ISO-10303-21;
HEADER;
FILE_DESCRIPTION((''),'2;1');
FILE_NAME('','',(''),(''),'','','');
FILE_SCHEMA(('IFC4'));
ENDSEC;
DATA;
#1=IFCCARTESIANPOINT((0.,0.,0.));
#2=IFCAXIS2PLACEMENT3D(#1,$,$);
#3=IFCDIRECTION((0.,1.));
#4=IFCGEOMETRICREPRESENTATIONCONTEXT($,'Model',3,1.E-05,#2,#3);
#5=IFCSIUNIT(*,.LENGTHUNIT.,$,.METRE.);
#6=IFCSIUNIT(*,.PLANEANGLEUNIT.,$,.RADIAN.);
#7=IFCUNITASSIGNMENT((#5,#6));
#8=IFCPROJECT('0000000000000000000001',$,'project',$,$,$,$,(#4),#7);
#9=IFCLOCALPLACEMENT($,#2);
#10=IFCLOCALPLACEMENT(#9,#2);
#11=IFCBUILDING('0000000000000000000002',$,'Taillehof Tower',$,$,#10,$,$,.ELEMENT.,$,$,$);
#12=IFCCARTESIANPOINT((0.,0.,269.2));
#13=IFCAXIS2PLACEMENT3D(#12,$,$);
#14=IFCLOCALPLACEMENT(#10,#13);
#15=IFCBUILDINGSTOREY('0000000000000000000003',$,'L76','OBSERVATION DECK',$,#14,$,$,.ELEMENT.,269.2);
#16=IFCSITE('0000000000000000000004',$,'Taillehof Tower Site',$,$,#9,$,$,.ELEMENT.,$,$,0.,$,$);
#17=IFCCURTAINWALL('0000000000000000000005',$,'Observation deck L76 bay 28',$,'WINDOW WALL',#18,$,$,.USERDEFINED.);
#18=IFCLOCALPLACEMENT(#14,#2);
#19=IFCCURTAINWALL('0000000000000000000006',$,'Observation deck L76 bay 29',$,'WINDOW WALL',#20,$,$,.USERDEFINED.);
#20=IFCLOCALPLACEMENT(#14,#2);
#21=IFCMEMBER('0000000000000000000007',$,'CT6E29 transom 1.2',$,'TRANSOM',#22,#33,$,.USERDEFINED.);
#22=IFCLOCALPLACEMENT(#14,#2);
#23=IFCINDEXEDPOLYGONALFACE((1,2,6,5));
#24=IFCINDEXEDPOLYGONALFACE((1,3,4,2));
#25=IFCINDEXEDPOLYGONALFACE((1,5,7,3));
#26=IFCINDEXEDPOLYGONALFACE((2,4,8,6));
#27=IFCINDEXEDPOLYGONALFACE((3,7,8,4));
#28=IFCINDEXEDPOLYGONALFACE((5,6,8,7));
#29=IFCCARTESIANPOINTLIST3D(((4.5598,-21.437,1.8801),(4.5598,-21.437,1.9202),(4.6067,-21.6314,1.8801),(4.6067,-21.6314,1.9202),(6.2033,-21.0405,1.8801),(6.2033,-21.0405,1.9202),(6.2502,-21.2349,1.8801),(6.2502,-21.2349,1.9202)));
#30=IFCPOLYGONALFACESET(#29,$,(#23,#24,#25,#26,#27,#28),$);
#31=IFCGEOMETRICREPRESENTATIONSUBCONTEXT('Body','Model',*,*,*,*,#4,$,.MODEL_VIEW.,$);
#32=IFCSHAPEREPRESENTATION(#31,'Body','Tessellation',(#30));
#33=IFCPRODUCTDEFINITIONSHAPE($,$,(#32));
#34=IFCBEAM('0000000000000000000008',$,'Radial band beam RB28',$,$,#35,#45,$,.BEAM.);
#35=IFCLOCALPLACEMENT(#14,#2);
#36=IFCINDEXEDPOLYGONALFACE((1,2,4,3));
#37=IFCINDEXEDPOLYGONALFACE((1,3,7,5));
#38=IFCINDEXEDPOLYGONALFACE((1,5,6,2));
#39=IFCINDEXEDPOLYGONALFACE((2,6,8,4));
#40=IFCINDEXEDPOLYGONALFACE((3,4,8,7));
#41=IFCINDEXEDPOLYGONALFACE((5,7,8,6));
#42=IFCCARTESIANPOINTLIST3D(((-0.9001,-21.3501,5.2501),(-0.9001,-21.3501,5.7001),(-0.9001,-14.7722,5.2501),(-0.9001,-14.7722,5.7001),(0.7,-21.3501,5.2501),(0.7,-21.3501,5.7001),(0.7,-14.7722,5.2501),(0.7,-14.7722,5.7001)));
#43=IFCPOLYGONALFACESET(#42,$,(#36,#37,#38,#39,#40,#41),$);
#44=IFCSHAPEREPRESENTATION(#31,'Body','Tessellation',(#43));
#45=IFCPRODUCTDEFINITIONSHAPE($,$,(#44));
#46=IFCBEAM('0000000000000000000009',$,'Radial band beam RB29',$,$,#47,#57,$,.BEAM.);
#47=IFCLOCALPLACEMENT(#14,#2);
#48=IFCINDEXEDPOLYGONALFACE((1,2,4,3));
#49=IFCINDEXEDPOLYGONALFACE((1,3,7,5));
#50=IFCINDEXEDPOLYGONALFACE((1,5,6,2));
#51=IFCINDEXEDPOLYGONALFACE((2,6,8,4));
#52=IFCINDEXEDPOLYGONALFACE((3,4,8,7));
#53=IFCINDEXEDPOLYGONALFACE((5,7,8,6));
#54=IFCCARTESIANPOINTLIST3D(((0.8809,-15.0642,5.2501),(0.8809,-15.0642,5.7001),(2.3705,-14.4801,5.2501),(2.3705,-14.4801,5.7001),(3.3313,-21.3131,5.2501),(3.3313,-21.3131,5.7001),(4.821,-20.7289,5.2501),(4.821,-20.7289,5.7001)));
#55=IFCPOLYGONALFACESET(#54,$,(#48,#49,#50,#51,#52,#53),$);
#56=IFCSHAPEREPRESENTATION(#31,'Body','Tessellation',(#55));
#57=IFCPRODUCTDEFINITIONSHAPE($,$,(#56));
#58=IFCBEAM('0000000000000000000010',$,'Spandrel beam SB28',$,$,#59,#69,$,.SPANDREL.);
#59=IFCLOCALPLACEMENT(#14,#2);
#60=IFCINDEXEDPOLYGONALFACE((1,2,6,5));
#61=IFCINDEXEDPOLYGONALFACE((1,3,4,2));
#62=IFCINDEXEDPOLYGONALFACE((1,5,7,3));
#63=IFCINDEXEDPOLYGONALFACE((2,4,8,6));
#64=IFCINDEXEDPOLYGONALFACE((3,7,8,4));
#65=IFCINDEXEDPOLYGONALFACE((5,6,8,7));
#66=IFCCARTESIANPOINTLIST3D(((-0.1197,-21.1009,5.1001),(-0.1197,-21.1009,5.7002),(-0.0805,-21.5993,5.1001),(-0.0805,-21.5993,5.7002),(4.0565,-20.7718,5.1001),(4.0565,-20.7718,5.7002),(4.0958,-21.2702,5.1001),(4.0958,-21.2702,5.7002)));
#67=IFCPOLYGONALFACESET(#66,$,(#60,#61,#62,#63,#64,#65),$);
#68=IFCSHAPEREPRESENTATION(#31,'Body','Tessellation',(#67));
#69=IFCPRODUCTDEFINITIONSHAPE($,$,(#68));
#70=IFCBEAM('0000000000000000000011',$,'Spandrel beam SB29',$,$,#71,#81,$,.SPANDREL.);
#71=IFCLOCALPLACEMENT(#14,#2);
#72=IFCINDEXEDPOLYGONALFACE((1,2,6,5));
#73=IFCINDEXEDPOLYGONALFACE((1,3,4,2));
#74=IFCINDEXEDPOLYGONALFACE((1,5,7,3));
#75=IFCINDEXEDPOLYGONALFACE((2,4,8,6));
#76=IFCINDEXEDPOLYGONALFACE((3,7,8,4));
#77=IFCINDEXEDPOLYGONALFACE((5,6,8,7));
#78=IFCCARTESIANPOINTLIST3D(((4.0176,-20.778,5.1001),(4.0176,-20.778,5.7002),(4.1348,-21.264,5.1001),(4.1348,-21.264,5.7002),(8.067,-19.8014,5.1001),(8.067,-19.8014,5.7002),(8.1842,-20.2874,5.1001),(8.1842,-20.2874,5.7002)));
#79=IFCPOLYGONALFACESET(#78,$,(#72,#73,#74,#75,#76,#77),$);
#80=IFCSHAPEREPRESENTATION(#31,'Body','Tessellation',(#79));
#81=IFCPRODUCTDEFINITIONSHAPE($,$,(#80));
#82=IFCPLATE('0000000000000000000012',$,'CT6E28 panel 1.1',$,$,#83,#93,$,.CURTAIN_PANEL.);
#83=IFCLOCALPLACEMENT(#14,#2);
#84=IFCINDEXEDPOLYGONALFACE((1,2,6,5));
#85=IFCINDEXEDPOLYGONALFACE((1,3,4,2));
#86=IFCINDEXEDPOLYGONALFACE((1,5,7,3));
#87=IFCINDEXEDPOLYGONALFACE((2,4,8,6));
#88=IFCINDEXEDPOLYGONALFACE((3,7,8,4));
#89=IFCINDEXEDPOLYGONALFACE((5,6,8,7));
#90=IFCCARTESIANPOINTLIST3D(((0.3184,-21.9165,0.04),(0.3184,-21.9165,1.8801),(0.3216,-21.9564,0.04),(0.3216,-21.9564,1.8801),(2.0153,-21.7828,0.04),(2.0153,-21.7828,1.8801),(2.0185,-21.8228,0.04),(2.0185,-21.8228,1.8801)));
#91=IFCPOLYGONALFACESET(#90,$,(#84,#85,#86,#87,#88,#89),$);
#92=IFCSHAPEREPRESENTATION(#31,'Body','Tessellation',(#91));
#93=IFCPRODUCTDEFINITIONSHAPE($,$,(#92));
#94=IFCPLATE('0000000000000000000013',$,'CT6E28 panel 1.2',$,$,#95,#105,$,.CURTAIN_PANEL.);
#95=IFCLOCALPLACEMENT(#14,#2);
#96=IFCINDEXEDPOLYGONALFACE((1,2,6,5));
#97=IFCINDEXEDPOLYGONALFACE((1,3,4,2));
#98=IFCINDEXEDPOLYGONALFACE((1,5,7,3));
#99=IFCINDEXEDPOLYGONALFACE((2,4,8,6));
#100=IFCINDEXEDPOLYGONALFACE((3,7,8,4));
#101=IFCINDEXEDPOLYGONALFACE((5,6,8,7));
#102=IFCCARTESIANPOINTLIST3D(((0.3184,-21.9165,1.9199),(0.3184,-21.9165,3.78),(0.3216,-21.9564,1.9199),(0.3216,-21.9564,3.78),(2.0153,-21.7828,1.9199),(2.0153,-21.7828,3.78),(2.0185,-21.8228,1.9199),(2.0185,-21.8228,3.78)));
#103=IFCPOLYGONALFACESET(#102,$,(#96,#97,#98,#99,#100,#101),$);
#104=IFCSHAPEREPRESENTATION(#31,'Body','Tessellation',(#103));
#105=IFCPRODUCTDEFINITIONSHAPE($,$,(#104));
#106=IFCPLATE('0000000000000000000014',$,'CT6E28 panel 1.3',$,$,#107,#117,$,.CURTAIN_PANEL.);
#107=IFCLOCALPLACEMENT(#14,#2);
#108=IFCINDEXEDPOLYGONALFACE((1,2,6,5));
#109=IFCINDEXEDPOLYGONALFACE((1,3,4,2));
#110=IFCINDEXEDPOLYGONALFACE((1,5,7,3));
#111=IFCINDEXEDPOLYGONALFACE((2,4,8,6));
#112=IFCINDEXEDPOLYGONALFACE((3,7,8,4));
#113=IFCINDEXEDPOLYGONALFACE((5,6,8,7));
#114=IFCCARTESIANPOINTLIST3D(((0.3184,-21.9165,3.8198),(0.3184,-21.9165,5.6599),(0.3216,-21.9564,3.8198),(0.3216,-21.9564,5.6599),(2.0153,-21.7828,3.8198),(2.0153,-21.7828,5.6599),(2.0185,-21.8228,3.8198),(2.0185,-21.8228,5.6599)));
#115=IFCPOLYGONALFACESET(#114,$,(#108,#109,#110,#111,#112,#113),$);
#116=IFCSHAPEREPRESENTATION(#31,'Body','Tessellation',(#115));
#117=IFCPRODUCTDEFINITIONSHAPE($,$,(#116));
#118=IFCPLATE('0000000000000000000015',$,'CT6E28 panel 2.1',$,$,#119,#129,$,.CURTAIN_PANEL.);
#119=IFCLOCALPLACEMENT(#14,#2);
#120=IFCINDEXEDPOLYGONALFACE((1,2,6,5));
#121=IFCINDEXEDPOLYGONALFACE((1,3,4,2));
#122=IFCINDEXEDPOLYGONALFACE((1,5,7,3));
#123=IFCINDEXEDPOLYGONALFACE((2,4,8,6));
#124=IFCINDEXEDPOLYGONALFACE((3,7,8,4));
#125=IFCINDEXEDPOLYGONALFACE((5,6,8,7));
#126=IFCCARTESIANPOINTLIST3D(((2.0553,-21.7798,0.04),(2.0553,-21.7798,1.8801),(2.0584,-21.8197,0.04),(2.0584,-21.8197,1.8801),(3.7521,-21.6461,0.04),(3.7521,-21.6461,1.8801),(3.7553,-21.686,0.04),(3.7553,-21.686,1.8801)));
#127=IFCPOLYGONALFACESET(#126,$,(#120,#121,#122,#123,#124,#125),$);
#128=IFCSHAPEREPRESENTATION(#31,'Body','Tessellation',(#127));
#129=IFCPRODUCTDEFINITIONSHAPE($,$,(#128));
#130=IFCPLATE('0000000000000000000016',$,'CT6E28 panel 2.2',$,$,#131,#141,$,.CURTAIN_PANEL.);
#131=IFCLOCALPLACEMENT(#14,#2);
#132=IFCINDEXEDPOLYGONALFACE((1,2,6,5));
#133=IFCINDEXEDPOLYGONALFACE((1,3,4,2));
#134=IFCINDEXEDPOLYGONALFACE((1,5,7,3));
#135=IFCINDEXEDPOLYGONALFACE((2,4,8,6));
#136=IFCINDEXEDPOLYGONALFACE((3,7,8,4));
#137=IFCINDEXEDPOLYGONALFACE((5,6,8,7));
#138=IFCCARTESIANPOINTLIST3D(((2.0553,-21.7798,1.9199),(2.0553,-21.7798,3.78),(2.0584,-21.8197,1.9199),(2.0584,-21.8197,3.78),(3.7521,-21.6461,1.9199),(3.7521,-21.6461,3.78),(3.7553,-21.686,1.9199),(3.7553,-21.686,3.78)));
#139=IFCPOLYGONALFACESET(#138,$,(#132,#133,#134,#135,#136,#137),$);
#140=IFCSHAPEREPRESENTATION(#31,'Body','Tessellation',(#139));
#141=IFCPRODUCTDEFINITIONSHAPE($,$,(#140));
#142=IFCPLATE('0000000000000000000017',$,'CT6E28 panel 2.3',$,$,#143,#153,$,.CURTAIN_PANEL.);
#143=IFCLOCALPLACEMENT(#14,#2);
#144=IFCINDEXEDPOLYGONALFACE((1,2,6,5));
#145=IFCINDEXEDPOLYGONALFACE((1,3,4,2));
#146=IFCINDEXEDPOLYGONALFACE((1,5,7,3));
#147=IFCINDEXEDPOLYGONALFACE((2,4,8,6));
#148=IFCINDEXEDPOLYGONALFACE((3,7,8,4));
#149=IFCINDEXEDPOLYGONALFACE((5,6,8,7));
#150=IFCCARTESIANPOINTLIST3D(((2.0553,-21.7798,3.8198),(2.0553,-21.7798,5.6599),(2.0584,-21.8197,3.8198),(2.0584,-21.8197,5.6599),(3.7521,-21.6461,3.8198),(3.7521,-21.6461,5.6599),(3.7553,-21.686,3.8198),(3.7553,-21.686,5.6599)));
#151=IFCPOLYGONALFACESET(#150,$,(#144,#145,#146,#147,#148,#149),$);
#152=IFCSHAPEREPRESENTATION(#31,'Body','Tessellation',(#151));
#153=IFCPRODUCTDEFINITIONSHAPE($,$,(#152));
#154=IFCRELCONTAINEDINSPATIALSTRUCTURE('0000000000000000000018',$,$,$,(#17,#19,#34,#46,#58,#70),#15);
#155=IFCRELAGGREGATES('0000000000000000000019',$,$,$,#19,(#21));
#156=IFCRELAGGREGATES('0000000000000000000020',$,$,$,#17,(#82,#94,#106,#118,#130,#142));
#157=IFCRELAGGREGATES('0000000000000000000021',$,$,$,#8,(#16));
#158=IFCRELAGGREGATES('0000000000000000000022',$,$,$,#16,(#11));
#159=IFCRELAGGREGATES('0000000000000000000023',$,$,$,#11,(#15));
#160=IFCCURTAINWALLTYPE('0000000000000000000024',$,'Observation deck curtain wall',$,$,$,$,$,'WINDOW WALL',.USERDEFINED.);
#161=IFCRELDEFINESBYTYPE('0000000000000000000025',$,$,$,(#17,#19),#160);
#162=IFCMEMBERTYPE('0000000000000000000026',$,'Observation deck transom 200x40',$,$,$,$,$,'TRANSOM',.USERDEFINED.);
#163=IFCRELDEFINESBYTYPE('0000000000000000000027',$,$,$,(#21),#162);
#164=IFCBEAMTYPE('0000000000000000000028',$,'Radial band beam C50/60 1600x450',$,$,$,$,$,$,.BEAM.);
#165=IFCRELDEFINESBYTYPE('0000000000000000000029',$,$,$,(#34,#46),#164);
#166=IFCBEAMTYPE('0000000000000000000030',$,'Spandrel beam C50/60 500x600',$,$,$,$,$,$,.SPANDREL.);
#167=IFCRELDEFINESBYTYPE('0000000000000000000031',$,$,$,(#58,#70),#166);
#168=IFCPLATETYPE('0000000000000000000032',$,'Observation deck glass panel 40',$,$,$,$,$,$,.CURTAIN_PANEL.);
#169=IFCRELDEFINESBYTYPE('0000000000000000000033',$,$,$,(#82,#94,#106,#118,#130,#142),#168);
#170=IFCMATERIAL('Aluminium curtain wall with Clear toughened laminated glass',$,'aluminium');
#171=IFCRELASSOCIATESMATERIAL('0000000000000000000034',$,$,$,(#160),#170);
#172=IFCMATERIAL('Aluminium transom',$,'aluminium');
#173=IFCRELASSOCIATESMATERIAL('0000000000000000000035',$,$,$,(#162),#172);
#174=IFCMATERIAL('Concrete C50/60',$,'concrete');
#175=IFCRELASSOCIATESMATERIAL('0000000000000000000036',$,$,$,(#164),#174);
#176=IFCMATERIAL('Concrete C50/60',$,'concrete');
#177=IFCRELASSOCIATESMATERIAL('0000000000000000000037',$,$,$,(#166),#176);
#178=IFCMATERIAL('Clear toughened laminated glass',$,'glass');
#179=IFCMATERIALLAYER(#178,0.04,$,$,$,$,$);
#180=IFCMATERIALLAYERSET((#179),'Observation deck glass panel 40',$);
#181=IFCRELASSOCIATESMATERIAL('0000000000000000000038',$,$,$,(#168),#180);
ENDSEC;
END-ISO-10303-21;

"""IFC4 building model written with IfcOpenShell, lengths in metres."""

from ifc_helpers import new_model, si_unit, direction, frame, origin, origin_2d, place, context, subcontext, project, spatial, rectangle, extrude, material, layer, layer_set, material_profile, profile_set, type_object, element, aggregate, save


model = new_model("IFC4")

# Units and contexts
model_context = context("Model", 3, precision=1e-05, world=origin(), true_north=direction((0.0, 1.0)))
body_context = subcontext(model_context, "Body", "Model", "MODEL_VIEW")
ifc_project = project(units=[si_unit("LENGTHUNIT", "METRE"), si_unit("PLANEANGLEUNIT", "RADIAN")], contexts=[model_context])

# Site, building, storey
site_placement = place(None, origin())
site = spatial("IfcSite", under=ifc_project, at=site_placement, Name="Taillehof Tower Site", CompositionType="ELEMENT", RefElevation=0.0)
building_placement = place(site_placement, origin())
building = spatial("IfcBuilding", under=site, at=building_placement, Name="Taillehof Tower", CompositionType="ELEMENT")
storey_placement = place(building_placement, frame((0.0, 0.0, 269.2)))
storey = spatial("IfcBuildingStorey", under=building, at=storey_placement, Name="L76", Description="OBSERVATION DECK", CompositionType="ELEMENT", Elevation=269.2)

# Curtain wall
ifc_material_1 = material(Name="Aluminium curtain wall with Clear toughened laminated glass", Category="aluminium")
curtain_wall_type = type_object("IfcCurtainWallType", Name="Observation deck curtain wall", ElementType="WINDOW WALL", PredefinedType="USERDEFINED", material=ifc_material_1)
curtain_wall_1_placement = place(storey_placement, origin())
curtain_wall_1 = element("IfcCurtainWall", 1, at=curtain_wall_1_placement, inside=storey, type_object=curtain_wall_type, Name="Observation deck L76 bay 28", ObjectType="WINDOW WALL", PredefinedType="USERDEFINED")

# Curtain wall
curtain_wall_2_placement = place(storey_placement, origin())
curtain_wall_2 = element("IfcCurtainWall", 2, at=curtain_wall_2_placement, inside=storey, type_object=curtain_wall_type, Name="Observation deck L76 bay 29", ObjectType="WINDOW WALL", PredefinedType="USERDEFINED")

# Member
ifc_material_2 = material(Name="Aluminium transom", Category="aluminium")
ifc_material_profile_1 = material_profile(ifc_material_2, rectangle(XDim=0.2, YDim=0.04, at=origin_2d()), Name="AL 200x40")
ifc_profile_set_1 = profile_set([ifc_material_profile_1], Name="Aluminium transom")
member_type_1 = type_object("IfcMemberType", Name="Observation deck transom 200x40", ElementType="TRANSOM", PredefinedType="USERDEFINED", material=ifc_profile_set_1)
member_1_placement = place(storey_placement, frame((4.5833, -21.5342, 1.9001), z_axis=(0.972114, 0.234509, 0.0), x_axis=(-0.234509, 0.972114, 0.0)))
member_1 = element("IfcMember", 3, at=member_1_placement, type_object=member_type_1, Name="CT6E29 transom 1.2", ObjectType="TRANSOM", PredefinedType="USERDEFINED", context=body_context, shape_type="SweptSolid", body=[
    extrude(rectangle(XDim=0.2, YDim=0.04, at=origin_2d()), origin(), (0.0, 0.0, 1.0), 1.6907),
])
aggregate(curtain_wall_2, [member_1])

# Beams
ifc_material_3 = material(Name="Concrete C50/60", Category="concrete")
ifc_material_profile_2 = material_profile(ifc_material_3, rectangle(XDim=1.6001, YDim=0.45, at=origin_2d()), Name="RC 1600x450")
ifc_profile_set_2 = profile_set([ifc_material_profile_2], Name="Concrete C50/60")
beam_type_1 = type_object("IfcBeamType", Name="Radial band beam C50/60 1600x450", PredefinedType="BEAM", material=ifc_profile_set_2)
beam_1_placement = place(storey_placement, frame((-0.1001, -21.3501, 5.4751), z_axis=(0.0, 1.0, 0.0), x_axis=(-1.0, 0.0, 0.0)))
element("IfcBeam", 4, at=beam_1_placement, inside=storey, type_object=beam_type_1, Name="Radial band beam RB28", PredefinedType="BEAM", context=body_context, shape_type="SweptSolid", body=[
    extrude(rectangle(XDim=1.6001, YDim=0.45, at=origin_2d()), origin(), (0.0, 0.0, 1.0), 6.5779),
])
beam_2_placement = place(storey_placement, frame((4.0762, -21.021, 5.4751), z_axis=(-0.365079, 0.930976, 0.0), x_axis=(-0.930976, -0.365079, 0.0)))
element("IfcBeam", 5, at=beam_2_placement, inside=storey, type_object=beam_type_1, Name="Radial band beam RB29", PredefinedType="BEAM", context=body_context, shape_type="SweptSolid", body=[
    extrude(rectangle(XDim=1.6001, YDim=0.45, at=origin_2d()), origin(), (0.0, 0.0, 1.0), 6.7122),
])
ifc_material_4 = material(Name="Concrete C50/60", Category="concrete")
ifc_material_profile_3 = material_profile(ifc_material_4, rectangle(XDim=0.5, YDim=0.6001, at=origin_2d()), Name="RC 500x600")
ifc_profile_set_3 = profile_set([ifc_material_profile_3], Name="Concrete C50/60")
beam_type_2 = type_object("IfcBeamType", Name="Spandrel beam C50/60 500x600", PredefinedType="SPANDREL", material=ifc_profile_set_3)
beam_3_placement = place(storey_placement, frame((-0.1001, -21.3501, 5.4001), z_axis=(0.996909, 0.078559, 0.0), x_axis=(-0.078559, 0.996909, 0.0)))
element("IfcBeam", 6, at=beam_3_placement, inside=storey, type_object=beam_type_2, Name="Spandrel beam SB28", PredefinedType="SPANDREL", context=body_context, shape_type="SweptSolid", body=[
    extrude(rectangle(XDim=0.5, YDim=0.6001, at=origin_2d()), origin(), (0.0, 0.0, 1.0), 4.1892),
])
beam_4_placement = place(storey_placement, frame((4.0762, -21.021, 5.4001), z_axis=(0.972129, 0.234446, 0.0), x_axis=(-0.234446, 0.972129, 0.0)))
element("IfcBeam", 7, at=beam_4_placement, inside=storey, type_object=beam_type_2, Name="Spandrel beam SB29", PredefinedType="SPANDREL", context=body_context, shape_type="SweptSolid", body=[
    extrude(rectangle(XDim=0.5, YDim=0.6001, at=origin_2d()), origin(), (0.0, 0.0, 1.0), 4.1655),
])

# Plates
ifc_material_5 = material(Name="Clear toughened laminated glass", Category="glass")
ifc_layer = layer(ifc_material_5, 0.04)
ifc_layer_set = layer_set([ifc_layer], Name="Observation deck glass panel 40")
plate_type = type_object("IfcPlateType", Name="Observation deck glass panel 40", PredefinedType="CURTAIN_PANEL", material=ifc_layer_set)
plate_1_placement = place(storey_placement, frame((1.1685, -21.8696, 0.04), z_axis=(0.0, 0.0, 1.0), x_axis=(0.996912, 0.078525, 0.0)))
plate_1 = element("IfcPlate", 8, at=plate_1_placement, type_object=plate_type, Name="CT6E28 panel 1.1", PredefinedType="CURTAIN_PANEL", context=body_context, shape_type="SweptSolid", body=[
    extrude(rectangle(XDim=1.7021, YDim=0.04, at=origin_2d()), origin(), (0.0, 0.0, 1.0), 1.8401),
])
plate_2_placement = place(storey_placement, frame((1.1685, -21.8696, 1.9199), z_axis=(0.0, 0.0, 1.0), x_axis=(0.996912, 0.078525, 0.0)))
plate_2 = element("IfcPlate", 9, at=plate_2_placement, type_object=plate_type, Name="CT6E28 panel 1.2", PredefinedType="CURTAIN_PANEL", context=body_context, shape_type="SweptSolid", body=[
    extrude(rectangle(XDim=1.7021, YDim=0.04, at=origin_2d()), origin(), (0.0, 0.0, 1.0), 1.8601),
])
plate_3_placement = place(storey_placement, frame((1.1685, -21.8696, 3.8198), z_axis=(0.0, 0.0, 1.0), x_axis=(0.996912, 0.078525, 0.0)))
plate_3 = element("IfcPlate", 10, at=plate_3_placement, type_object=plate_type, Name="CT6E28 panel 1.3", PredefinedType="CURTAIN_PANEL", context=body_context, shape_type="SweptSolid", body=[
    extrude(rectangle(XDim=1.7021, YDim=0.04, at=origin_2d()), origin(), (0.0, 0.0, 1.0), 1.8401),
])
plate_4_placement = place(storey_placement, frame((2.9053, -21.7329, 0.04), z_axis=(0.0, 0.0, 1.0), x_axis=(0.996912, 0.078525, 0.0)))
plate_4 = element("IfcPlate", 11, at=plate_4_placement, type_object=plate_type, Name="CT6E28 panel 2.1", PredefinedType="CURTAIN_PANEL", context=body_context, shape_type="SweptSolid", body=[
    extrude(rectangle(XDim=1.7021, YDim=0.04, at=origin_2d()), origin(), (0.0, 0.0, 1.0), 1.8401),
])
plate_5_placement = place(storey_placement, frame((2.9053, -21.7329, 1.9199), z_axis=(0.0, 0.0, 1.0), x_axis=(0.996912, 0.078525, 0.0)))
plate_5 = element("IfcPlate", 12, at=plate_5_placement, type_object=plate_type, Name="CT6E28 panel 2.2", PredefinedType="CURTAIN_PANEL", context=body_context, shape_type="SweptSolid", body=[
    extrude(rectangle(XDim=1.7021, YDim=0.04, at=origin_2d()), origin(), (0.0, 0.0, 1.0), 1.8601),
])
plate_6_placement = place(storey_placement, frame((2.9053, -21.7329, 3.8198), z_axis=(0.0, 0.0, 1.0), x_axis=(0.996912, 0.078525, 0.0)))
plate_6 = element("IfcPlate", 13, at=plate_6_placement, type_object=plate_type, Name="CT6E28 panel 2.3", PredefinedType="CURTAIN_PANEL", context=body_context, shape_type="SweptSolid", body=[
    extrude(rectangle(XDim=1.7021, YDim=0.04, at=origin_2d()), origin(), (0.0, 0.0, 1.0), 1.8401),
])
aggregate(curtain_wall_1, [plate_1, plate_2, plate_3, plate_4, plate_5, plate_6])

save(model, "model.ifc")
